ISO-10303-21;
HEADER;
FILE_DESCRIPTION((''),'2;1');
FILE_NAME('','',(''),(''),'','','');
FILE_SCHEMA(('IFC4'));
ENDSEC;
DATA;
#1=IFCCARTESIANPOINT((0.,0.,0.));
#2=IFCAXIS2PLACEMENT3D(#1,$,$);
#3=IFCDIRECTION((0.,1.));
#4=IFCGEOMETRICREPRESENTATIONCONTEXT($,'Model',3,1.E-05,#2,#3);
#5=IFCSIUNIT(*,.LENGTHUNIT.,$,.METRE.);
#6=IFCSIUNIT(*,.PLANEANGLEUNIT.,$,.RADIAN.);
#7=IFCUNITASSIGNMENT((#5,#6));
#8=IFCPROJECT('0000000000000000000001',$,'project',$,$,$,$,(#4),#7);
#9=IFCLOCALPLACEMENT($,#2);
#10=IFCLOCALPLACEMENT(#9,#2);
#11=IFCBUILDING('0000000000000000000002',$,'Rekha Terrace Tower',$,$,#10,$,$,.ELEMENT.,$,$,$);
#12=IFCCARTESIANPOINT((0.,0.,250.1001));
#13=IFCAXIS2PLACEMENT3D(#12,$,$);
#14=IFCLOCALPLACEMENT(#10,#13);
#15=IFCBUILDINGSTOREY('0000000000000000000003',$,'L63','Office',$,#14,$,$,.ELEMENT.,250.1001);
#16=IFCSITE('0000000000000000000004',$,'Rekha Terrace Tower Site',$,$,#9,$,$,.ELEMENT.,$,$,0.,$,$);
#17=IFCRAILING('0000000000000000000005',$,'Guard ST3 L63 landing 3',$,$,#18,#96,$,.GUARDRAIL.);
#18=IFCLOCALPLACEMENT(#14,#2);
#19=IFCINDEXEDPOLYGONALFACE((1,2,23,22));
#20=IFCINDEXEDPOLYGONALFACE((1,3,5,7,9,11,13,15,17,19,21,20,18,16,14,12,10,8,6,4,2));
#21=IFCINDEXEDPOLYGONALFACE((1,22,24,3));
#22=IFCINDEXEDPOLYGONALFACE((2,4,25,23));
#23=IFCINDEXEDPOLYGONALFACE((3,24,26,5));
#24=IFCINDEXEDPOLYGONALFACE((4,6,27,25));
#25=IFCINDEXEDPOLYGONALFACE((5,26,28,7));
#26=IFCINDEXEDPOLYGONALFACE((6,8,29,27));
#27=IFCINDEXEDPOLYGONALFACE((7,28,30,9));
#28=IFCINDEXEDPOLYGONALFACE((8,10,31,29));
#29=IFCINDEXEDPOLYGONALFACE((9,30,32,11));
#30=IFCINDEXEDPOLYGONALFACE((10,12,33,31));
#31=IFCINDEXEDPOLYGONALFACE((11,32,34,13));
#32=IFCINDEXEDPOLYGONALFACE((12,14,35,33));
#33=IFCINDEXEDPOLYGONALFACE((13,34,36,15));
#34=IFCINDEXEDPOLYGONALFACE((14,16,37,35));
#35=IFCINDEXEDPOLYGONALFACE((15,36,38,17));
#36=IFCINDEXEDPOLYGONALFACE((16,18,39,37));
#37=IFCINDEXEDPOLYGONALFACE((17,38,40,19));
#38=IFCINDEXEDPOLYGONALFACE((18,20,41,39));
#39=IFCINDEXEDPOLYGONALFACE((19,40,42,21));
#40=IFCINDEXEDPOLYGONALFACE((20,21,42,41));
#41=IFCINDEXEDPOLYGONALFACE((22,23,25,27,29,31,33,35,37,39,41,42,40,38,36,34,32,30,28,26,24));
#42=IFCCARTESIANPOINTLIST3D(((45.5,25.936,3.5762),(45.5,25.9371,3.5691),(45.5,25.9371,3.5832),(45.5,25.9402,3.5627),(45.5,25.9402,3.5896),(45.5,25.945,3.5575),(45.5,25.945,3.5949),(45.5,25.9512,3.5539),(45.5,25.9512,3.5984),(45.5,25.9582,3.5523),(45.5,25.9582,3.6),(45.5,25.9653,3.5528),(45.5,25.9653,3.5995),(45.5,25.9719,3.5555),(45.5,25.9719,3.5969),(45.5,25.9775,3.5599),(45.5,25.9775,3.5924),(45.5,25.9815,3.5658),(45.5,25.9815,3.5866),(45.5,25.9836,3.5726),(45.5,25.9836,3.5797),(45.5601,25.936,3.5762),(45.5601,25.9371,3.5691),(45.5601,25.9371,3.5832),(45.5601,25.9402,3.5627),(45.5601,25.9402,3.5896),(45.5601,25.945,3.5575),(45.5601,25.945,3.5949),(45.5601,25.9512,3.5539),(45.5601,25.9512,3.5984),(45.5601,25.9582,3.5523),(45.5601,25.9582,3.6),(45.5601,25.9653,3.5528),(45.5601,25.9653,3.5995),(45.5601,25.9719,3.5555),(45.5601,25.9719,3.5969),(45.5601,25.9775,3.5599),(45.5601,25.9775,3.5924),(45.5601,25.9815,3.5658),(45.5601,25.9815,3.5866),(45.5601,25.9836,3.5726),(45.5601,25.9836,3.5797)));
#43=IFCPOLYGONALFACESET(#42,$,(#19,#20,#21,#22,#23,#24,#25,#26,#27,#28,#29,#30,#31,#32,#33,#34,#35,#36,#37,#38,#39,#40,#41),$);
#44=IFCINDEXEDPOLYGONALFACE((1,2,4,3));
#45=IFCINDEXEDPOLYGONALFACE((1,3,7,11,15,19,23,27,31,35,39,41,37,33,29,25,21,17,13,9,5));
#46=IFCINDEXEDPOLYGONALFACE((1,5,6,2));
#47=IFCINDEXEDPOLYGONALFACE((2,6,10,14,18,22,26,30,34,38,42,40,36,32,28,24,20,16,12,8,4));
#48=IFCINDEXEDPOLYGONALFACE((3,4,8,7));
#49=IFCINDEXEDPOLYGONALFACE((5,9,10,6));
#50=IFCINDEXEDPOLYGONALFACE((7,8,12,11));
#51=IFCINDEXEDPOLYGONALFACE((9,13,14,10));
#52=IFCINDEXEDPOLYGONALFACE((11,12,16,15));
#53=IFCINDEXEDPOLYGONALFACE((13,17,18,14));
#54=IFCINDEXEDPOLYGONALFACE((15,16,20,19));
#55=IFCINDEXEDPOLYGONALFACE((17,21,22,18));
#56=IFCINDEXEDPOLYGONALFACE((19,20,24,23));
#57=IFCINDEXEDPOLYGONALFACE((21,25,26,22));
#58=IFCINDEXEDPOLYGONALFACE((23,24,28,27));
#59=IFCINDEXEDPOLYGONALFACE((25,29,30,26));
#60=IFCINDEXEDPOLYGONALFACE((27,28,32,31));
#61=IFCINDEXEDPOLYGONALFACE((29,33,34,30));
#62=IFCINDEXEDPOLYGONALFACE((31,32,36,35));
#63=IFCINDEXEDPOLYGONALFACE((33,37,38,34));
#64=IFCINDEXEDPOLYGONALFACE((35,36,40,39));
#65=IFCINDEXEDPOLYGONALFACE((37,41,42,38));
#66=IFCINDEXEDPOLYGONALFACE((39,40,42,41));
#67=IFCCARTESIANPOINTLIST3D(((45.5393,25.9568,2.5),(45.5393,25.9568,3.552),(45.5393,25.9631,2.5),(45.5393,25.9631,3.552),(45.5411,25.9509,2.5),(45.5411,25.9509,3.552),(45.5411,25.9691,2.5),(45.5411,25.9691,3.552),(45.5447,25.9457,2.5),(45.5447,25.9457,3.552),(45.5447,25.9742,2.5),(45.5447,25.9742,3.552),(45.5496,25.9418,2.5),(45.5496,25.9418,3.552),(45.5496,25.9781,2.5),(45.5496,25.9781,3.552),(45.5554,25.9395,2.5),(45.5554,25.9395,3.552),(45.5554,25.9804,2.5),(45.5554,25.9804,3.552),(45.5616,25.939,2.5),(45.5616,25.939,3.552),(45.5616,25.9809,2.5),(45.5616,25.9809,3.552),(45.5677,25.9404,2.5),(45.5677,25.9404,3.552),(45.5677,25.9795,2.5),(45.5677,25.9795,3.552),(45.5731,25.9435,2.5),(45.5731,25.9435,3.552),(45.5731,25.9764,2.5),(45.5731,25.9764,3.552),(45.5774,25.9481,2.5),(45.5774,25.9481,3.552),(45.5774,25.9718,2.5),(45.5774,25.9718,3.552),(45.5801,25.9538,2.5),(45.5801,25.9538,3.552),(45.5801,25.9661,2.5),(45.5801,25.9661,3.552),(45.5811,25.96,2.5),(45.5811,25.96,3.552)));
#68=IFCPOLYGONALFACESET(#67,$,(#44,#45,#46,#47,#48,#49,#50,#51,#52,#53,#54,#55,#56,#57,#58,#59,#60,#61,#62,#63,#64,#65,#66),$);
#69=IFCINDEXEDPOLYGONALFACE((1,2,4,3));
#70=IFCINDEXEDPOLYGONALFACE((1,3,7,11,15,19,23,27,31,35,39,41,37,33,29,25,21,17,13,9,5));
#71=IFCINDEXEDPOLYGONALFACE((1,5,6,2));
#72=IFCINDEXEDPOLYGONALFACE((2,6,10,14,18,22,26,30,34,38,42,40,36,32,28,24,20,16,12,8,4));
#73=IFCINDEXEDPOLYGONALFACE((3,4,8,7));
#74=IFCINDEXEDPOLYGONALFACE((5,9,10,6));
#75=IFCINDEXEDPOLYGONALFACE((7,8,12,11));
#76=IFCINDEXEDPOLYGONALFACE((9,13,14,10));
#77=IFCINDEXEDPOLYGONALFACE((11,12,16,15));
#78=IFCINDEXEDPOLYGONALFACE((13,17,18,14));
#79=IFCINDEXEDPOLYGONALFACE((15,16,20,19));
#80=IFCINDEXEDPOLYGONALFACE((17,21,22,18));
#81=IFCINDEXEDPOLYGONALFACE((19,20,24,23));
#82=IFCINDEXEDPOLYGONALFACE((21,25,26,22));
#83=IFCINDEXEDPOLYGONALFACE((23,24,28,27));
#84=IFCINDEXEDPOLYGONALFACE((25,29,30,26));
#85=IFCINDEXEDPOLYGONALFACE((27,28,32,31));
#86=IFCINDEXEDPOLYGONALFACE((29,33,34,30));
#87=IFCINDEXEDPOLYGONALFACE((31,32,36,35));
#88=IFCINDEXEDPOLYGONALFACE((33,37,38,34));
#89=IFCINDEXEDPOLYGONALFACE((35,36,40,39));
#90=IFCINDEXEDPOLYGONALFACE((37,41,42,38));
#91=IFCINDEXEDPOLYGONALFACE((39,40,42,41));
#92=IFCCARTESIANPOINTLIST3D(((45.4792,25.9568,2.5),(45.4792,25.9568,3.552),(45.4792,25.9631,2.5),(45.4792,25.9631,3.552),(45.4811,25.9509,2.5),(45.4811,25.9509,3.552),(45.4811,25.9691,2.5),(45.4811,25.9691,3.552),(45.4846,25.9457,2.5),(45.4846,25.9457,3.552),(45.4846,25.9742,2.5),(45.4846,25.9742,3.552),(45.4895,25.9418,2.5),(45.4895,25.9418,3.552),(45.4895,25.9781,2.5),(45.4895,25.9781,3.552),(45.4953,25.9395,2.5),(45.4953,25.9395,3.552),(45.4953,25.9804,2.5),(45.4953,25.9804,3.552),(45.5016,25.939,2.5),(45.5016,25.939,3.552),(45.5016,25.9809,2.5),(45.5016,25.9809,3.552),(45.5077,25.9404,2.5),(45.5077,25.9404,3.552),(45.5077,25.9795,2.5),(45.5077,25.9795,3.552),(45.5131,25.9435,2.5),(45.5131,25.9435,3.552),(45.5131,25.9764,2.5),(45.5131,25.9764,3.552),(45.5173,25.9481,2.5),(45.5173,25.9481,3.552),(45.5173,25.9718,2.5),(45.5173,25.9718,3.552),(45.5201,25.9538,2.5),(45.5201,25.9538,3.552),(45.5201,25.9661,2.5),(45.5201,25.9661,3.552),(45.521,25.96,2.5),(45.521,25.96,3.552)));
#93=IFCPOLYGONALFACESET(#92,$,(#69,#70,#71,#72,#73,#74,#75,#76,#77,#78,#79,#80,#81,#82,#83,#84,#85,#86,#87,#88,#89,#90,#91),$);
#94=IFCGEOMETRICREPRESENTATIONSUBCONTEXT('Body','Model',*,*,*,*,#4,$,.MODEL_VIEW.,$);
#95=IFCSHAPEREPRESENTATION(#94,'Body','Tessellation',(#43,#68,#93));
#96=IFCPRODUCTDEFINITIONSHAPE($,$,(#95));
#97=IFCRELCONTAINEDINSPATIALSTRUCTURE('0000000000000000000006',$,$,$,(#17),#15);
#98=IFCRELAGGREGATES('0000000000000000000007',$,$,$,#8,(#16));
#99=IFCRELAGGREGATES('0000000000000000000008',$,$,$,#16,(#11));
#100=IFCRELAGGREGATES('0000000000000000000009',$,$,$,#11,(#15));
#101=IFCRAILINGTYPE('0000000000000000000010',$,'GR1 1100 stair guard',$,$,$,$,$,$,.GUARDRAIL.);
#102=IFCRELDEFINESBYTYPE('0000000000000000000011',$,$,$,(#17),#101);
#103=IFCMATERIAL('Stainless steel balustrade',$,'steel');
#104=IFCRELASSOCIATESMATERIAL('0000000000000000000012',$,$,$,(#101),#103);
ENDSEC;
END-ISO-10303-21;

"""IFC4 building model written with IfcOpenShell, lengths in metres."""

from ifc_helpers import new_model, si_unit, direction, frame, origin, origin_2d, place, context, subcontext, project, spatial, circle, extrude, material, type_object, element, save


model = new_model("IFC4")

# Units and contexts
model_context = context("Model", 3, precision=1e-05, world=origin(), true_north=direction((0.0, 1.0)))
body_context = subcontext(model_context, "Body", "Model", "MODEL_VIEW")
ifc_project = project(units=[si_unit("LENGTHUNIT", "METRE"), si_unit("PLANEANGLEUNIT", "RADIAN")], contexts=[model_context])

# Site, building, storey
site_placement = place(None, origin())
site = spatial("IfcSite", under=ifc_project, at=site_placement, Name="Rekha Terrace Tower Site", CompositionType="ELEMENT", RefElevation=0.0)
building_placement = place(site_placement, origin())
building = spatial("IfcBuilding", under=site, at=building_placement, Name="Rekha Terrace Tower", CompositionType="ELEMENT")
storey_placement = place(building_placement, frame((0.0, 0.0, 250.1001)))
storey = spatial("IfcBuildingStorey", under=building, at=storey_placement, Name="L63", Description="Office", CompositionType="ELEMENT", Elevation=250.1001)

# Railing
ifc_material_1 = material(Name="Stainless steel balustrade", Category="steel")
railing_type_1 = type_object("IfcRailingType", Name="GR1 1100 stair guard", PredefinedType="GUARDRAIL", material=ifc_material_1)
railing_1_placement = place(storey_placement, frame((45.5601, 25.96, 2.5)))
element("IfcRailing", 1, at=railing_1_placement, inside=storey, type_object=railing_type_1, Name="Guard ST3 L63 landing 3", PredefinedType="GUARDRAIL", context=body_context, shape_type="SweptSolid", body=[
    extrude(circle(Radius=0.0239, at=origin_2d()), frame((0.0, 0.0, 1.0762), z_axis=(-1.0, 0.0, 0.0), x_axis=(0.0, -1.0, 0.0)), (0.0, 0.0, 1.0), 0.0601),
    extrude(circle(Radius=0.021, at=origin_2d()), origin(), (0.0, 0.0, 1.0), 1.052),
    extrude(circle(Radius=0.021, at=origin_2d()), frame((-0.0601, 0.0, 0.0)), (0.0, 0.0, 1.0), 1.052),
])

save(model, "model.ifc")
